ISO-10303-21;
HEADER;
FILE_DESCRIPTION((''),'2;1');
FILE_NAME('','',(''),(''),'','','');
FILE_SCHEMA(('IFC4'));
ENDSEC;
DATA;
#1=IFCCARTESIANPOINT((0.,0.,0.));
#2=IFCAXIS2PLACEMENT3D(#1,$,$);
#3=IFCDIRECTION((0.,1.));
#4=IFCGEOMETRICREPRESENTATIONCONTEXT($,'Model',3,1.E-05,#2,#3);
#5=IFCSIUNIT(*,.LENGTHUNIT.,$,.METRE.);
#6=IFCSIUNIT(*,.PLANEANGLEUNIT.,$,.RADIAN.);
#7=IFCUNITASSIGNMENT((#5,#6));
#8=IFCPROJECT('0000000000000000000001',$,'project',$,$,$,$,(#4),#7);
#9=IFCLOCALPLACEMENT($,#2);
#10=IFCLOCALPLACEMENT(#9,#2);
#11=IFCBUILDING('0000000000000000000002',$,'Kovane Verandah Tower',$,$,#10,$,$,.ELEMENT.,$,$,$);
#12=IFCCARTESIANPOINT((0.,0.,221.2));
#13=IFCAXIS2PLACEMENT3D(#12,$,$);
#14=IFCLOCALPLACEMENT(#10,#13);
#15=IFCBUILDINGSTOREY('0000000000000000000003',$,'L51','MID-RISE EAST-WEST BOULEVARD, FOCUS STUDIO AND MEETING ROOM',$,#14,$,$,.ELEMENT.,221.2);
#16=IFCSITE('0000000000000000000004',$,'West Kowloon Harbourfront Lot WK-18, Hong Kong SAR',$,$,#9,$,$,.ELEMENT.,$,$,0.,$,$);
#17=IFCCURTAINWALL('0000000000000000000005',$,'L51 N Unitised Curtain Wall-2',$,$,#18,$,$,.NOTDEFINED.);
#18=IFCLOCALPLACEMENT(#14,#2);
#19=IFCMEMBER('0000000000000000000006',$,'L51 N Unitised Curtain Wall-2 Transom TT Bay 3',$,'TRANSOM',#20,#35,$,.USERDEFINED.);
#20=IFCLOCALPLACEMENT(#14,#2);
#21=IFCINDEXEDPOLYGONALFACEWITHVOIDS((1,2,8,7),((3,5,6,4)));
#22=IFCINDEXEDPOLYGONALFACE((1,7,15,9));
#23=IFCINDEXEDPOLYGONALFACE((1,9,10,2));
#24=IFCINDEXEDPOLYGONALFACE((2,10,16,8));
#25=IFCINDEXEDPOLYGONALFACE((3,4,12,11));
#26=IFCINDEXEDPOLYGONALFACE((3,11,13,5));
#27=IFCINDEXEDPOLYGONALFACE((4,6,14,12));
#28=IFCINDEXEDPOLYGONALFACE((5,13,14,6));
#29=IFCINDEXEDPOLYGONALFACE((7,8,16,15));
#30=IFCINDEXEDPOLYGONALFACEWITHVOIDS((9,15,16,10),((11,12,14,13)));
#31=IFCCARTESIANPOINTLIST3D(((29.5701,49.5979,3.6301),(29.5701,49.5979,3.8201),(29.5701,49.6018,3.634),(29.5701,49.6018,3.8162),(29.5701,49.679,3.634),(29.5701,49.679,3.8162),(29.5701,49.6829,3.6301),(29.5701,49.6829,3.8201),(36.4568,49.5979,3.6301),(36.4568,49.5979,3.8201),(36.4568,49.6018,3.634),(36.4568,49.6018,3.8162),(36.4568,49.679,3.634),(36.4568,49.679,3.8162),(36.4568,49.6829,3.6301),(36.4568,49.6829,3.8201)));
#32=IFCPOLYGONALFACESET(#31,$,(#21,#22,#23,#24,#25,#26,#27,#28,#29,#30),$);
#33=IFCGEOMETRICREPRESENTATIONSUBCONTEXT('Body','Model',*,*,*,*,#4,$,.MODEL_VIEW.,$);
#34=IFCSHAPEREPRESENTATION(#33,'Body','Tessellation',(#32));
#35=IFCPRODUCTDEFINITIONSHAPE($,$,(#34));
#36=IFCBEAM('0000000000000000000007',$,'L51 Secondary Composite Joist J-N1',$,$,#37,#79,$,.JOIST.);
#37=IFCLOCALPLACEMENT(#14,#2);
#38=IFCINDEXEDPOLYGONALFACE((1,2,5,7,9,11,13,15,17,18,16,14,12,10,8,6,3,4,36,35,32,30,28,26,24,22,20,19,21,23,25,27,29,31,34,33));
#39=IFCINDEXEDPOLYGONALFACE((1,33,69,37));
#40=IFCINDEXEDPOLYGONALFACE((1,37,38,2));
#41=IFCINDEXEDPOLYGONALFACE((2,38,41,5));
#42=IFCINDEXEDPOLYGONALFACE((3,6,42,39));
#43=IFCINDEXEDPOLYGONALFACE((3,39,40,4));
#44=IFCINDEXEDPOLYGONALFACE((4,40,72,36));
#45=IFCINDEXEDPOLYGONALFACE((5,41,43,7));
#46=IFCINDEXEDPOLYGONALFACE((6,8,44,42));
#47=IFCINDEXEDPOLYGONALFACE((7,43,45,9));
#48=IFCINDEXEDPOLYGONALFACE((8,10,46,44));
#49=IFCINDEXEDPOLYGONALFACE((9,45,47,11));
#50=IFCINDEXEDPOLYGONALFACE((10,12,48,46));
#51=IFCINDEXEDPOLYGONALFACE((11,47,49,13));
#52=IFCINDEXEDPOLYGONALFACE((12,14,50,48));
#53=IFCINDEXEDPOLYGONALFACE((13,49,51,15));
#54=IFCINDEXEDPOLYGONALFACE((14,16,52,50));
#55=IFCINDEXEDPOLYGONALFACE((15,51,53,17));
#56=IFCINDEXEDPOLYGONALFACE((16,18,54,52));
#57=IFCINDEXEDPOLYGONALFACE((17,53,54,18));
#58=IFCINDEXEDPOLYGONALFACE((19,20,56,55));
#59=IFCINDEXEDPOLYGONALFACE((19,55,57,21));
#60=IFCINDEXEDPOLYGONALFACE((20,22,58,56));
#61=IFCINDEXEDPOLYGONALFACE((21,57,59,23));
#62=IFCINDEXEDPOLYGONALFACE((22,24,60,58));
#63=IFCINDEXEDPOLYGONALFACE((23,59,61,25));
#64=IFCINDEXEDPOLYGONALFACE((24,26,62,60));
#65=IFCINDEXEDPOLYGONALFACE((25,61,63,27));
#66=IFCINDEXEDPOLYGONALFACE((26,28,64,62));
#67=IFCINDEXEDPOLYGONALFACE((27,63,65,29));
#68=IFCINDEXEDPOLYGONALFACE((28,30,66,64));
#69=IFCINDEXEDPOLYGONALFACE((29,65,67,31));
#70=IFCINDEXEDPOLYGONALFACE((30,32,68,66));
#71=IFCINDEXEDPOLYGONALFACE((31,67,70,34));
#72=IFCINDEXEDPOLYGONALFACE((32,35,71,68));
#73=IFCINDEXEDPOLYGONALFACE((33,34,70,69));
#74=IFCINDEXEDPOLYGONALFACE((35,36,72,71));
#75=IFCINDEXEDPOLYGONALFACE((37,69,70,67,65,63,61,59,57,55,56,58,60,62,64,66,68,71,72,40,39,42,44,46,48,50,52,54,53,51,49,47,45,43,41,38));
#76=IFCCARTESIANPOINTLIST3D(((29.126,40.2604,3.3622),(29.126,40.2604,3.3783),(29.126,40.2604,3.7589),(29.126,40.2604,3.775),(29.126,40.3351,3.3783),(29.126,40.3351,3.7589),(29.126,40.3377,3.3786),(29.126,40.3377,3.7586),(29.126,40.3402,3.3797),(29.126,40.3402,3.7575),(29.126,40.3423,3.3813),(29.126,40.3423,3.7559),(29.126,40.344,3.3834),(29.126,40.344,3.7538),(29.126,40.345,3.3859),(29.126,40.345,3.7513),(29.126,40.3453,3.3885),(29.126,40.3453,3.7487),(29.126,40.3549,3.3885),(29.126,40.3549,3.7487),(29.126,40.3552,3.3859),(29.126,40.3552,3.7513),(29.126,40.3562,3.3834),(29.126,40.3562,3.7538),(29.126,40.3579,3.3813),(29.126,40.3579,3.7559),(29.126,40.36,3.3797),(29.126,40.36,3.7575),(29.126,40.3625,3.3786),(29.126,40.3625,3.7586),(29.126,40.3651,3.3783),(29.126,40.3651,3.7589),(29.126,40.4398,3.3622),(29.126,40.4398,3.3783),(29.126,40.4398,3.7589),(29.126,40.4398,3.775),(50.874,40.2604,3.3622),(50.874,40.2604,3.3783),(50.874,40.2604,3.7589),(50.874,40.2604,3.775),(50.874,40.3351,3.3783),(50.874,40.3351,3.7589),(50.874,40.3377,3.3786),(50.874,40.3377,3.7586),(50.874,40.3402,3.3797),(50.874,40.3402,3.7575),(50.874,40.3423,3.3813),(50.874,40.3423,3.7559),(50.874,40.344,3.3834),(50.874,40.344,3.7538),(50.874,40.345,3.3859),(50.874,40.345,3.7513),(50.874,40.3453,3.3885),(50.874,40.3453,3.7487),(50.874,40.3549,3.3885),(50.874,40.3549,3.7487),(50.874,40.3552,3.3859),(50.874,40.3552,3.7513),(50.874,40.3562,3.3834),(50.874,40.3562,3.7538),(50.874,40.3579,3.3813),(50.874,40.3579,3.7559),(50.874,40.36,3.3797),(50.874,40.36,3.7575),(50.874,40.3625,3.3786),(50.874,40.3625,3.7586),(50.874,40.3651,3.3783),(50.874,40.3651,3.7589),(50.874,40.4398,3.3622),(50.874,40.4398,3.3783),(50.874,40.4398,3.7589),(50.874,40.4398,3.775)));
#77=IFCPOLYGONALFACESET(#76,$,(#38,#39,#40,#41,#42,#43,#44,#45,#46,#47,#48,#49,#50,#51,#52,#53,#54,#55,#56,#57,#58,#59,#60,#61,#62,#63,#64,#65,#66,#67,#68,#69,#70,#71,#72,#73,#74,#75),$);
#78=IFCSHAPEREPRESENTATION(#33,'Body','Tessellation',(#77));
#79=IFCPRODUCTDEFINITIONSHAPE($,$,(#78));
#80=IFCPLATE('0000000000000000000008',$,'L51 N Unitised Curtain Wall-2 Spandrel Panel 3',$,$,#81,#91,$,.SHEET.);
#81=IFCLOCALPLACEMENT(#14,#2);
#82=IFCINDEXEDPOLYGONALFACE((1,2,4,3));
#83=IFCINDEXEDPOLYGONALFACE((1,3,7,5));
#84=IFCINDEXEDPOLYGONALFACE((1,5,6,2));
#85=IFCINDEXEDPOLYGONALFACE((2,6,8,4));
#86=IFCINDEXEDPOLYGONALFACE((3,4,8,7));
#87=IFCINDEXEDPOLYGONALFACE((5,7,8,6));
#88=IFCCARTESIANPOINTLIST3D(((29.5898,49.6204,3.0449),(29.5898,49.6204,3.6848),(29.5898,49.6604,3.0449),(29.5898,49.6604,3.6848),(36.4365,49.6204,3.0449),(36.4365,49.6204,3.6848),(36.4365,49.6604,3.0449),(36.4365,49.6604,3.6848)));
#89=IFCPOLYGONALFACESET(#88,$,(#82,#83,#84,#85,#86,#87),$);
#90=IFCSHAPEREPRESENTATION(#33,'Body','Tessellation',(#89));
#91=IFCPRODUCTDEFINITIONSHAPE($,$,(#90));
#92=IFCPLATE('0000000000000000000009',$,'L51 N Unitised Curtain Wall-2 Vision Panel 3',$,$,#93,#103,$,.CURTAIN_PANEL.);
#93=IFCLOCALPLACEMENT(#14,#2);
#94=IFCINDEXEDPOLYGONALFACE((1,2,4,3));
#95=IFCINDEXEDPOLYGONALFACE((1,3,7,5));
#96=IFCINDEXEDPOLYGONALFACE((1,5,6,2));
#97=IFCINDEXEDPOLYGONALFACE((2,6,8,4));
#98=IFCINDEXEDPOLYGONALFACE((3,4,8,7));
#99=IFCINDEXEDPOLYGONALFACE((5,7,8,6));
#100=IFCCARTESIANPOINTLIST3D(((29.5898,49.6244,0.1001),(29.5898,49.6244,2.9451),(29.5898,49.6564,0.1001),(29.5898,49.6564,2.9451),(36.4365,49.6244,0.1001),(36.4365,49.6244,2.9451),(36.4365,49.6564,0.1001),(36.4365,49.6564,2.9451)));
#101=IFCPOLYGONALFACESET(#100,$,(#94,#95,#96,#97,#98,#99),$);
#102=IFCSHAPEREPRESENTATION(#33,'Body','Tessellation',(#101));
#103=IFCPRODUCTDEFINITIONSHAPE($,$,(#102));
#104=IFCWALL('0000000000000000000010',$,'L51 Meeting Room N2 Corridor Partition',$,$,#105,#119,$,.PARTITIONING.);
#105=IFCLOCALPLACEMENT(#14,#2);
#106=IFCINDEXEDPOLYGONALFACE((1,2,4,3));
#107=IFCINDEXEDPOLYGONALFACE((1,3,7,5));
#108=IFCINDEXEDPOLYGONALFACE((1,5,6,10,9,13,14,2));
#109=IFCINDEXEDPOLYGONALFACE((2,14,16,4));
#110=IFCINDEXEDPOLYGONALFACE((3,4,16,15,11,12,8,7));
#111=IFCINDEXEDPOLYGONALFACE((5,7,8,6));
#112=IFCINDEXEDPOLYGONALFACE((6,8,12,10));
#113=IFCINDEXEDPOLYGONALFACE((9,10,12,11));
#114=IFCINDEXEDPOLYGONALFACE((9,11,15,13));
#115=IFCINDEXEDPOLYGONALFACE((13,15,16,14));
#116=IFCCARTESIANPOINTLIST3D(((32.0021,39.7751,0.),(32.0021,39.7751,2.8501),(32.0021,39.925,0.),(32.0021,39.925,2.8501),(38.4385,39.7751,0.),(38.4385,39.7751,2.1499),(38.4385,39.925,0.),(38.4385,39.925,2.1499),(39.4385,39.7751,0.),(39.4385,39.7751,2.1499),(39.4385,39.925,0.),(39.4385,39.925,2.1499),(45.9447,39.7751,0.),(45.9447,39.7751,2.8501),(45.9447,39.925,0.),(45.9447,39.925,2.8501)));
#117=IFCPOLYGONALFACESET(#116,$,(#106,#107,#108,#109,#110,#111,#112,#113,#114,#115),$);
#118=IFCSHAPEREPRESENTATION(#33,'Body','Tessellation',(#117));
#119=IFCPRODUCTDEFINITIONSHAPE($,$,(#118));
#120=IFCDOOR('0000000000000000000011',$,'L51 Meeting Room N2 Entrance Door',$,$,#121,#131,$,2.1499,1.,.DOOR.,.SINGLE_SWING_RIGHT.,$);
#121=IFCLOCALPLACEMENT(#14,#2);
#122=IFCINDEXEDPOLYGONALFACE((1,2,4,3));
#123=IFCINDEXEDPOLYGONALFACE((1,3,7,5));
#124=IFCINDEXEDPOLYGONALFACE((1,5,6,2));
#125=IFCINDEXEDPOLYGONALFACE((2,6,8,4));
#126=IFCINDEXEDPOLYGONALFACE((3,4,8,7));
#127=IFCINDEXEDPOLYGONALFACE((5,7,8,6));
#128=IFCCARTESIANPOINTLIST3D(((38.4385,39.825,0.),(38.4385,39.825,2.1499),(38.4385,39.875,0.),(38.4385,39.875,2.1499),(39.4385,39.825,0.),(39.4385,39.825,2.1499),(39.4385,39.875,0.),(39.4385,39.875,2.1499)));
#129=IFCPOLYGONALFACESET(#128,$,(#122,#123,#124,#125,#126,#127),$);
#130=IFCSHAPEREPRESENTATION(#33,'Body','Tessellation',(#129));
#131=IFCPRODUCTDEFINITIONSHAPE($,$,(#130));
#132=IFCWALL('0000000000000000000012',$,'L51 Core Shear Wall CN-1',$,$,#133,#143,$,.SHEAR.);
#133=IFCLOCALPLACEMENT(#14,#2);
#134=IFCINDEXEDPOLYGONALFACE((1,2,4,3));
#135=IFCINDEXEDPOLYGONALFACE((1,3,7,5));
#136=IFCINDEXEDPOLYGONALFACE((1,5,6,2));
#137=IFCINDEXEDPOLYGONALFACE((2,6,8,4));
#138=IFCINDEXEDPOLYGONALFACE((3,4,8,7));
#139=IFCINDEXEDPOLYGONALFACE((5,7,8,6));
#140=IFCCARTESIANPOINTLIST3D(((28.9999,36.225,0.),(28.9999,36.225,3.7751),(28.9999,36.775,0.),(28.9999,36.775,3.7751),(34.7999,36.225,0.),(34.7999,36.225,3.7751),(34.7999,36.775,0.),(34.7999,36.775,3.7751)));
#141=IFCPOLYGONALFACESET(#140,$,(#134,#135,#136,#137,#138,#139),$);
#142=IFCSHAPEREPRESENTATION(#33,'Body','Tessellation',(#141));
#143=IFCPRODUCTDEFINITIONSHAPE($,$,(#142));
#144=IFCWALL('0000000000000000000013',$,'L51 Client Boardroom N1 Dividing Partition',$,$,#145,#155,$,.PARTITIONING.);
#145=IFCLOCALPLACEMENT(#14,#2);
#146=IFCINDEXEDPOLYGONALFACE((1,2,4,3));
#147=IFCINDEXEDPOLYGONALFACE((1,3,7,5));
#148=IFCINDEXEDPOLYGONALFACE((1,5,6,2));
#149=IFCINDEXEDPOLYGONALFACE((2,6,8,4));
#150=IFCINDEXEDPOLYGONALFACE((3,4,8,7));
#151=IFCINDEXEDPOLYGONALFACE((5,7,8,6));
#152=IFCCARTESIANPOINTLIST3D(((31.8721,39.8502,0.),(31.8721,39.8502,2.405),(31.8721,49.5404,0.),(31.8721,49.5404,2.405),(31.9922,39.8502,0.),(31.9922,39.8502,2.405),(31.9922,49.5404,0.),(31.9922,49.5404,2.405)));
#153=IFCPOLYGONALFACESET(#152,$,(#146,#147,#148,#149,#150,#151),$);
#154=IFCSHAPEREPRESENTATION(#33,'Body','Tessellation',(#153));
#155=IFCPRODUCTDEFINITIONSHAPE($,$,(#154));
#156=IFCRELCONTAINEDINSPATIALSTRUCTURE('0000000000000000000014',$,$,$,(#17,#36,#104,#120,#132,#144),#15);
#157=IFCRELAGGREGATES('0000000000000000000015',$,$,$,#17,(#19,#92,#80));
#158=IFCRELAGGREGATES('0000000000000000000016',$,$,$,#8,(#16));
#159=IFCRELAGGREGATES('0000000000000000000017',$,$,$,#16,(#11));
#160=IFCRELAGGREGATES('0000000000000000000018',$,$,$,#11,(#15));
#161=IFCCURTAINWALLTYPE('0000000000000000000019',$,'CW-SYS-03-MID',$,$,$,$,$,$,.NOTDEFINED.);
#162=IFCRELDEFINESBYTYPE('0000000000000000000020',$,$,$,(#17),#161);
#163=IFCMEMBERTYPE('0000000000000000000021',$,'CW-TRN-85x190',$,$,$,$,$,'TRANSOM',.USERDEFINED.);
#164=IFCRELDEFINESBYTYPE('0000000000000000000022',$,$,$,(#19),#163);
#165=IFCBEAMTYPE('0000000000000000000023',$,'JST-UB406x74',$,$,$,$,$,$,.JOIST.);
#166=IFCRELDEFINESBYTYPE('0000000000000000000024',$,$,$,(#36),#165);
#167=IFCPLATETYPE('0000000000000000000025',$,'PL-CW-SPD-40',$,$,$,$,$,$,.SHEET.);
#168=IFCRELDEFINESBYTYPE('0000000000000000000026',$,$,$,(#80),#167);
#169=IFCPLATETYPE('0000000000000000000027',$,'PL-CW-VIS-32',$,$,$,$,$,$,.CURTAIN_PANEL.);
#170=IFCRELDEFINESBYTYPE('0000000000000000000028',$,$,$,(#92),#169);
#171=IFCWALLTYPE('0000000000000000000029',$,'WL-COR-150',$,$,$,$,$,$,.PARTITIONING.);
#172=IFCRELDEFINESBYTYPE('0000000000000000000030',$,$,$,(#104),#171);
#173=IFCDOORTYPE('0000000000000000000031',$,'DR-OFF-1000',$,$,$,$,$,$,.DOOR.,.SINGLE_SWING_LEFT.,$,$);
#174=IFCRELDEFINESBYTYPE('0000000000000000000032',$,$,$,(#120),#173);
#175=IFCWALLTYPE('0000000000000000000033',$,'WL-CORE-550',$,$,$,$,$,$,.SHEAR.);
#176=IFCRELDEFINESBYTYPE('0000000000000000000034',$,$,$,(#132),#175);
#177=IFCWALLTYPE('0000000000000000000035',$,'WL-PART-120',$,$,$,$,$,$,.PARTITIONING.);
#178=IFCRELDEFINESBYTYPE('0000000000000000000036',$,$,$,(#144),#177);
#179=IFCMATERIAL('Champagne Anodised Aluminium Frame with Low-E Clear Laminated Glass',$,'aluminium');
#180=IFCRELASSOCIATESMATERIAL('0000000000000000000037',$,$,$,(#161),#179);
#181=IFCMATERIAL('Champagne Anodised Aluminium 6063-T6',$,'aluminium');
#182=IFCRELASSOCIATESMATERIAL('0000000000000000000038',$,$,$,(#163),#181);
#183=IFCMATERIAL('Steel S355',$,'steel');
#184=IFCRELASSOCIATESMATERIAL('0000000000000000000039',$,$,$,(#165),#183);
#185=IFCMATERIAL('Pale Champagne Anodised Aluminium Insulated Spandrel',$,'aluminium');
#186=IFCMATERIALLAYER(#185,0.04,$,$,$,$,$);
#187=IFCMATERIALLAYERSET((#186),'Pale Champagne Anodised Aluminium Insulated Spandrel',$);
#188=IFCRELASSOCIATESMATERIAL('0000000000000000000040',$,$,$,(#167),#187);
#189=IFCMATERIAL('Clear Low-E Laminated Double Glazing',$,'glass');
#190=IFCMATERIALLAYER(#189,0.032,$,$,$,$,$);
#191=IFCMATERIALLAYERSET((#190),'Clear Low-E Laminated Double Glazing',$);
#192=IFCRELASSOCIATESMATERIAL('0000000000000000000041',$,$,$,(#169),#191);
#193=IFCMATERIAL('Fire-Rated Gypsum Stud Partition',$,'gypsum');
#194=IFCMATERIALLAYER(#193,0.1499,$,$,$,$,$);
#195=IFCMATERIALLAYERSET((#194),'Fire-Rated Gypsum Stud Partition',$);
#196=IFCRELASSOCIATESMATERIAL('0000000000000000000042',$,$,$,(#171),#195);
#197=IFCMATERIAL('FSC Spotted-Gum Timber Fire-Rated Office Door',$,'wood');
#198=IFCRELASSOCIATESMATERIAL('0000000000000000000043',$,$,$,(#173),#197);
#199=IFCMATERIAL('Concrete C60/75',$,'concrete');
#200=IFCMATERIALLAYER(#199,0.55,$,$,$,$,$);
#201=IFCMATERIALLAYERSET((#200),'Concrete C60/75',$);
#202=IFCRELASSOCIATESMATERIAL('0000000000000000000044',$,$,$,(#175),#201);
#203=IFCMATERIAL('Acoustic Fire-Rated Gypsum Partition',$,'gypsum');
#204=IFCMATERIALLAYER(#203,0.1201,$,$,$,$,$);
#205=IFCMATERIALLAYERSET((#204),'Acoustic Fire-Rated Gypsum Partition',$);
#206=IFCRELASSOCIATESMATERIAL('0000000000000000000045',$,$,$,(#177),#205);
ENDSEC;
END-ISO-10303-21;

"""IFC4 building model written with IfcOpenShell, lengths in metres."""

from ifc_helpers import new_model, si_unit, direction, frame, frame_2d, origin, origin_2d, place, context, subcontext, project, spatial, rectangle, hollow_rectangle, i_section, extrude, material, layer, layer_set, material_profile, profile_set, type_object, element, fill, aggregate, save


model = new_model("IFC4")

# Units and contexts
model_context = context("Model", 3, precision=1e-05, world=origin(), true_north=direction((0.0, 1.0)))
body_context = subcontext(model_context, "Body", "Model", "MODEL_VIEW")
ifc_project = project(units=[si_unit("LENGTHUNIT", "METRE"), si_unit("PLANEANGLEUNIT", "RADIAN")], contexts=[model_context])

# Site, building, storey
site_placement = place(None, origin())
site = spatial("IfcSite", under=ifc_project, at=site_placement, Name="West Kowloon Harbourfront Lot WK-18, Hong Kong SAR", CompositionType="ELEMENT", RefElevation=0.0)
building_placement = place(site_placement, origin())
building = spatial("IfcBuilding", under=site, at=building_placement, Name="Kovane Verandah Tower", CompositionType="ELEMENT")
storey_placement = place(building_placement, frame((0.0, 0.0, 221.2)))
storey = spatial("IfcBuildingStorey", under=building, at=storey_placement, Name="L51", Description="MID-RISE EAST-WEST BOULEVARD, FOCUS STUDIO AND MEETING ROOM", CompositionType="ELEMENT", Elevation=221.2)

# Shared definitions
ifc_material_1 = material(Name="Concrete C60/75", Category="concrete")

# Shared definitions
ifc_material_2 = material(Name="Steel S355", Category="steel")

# Curtain wall
ifc_material_3 = material(Name="Champagne Anodised Aluminium Frame with Low-E Clear Laminated Glass", Category="aluminium")
curtain_wall_type = type_object("IfcCurtainWallType", Name="CW-SYS-03-MID", PredefinedType="NOTDEFINED", material=ifc_material_3)
curtain_wall_1_placement = place(storey_placement, origin())
curtain_wall_1 = element("IfcCurtainWall", 1, at=curtain_wall_1_placement, inside=storey, type_object=curtain_wall_type, Name="L51 N Unitised Curtain Wall-2", PredefinedType="NOTDEFINED")
ifc_material_4 = material(Name="Champagne Anodised Aluminium 6063-T6", Category="aluminium")

# Member
ifc_material_profile_1 = material_profile(ifc_material_4, hollow_rectangle(XDim=0.085, YDim=0.1899, WallThickness=0.0039, at=origin_2d()), Name="AL85x190x4")
ifc_profile_set_1 = profile_set([ifc_material_profile_1], Name="Champagne Anodised Aluminium 6063-T6")
member_type_1 = type_object("IfcMemberType", Name="CW-TRN-85x190", ElementType="TRANSOM", PredefinedType="USERDEFINED", material=ifc_profile_set_1)
member_1_placement = place(storey_placement, frame((36.4568, 49.6404, 3.7251), z_axis=(-1.0, 0.0, 0.0), x_axis=(0.0, -1.0, 0.0)))
member_1 = element("IfcMember", 2, at=member_1_placement, type_object=member_type_1, Name="L51 N Unitised Curtain Wall-2 Transom TT Bay 3", ObjectType="TRANSOM", PredefinedType="USERDEFINED", context=body_context, shape_type="SweptSolid", body=[
    extrude(hollow_rectangle(XDim=0.085, YDim=0.1899, WallThickness=0.0039, at=origin_2d()), origin(), (0.0, 0.0, 1.0), 6.8867),
])

# Beam
ifc_material_profile_2 = material_profile(ifc_material_2, i_section(OverallWidth=0.1794, OverallDepth=0.4128, WebThickness=0.0095, FlangeThickness=0.0161, FilletRadius=0.0103, at=origin_2d()), Name="UB406x178x74")
ifc_profile_set_2 = profile_set([ifc_material_profile_2], Name="Steel S355")
beam_type_1 = type_object("IfcBeamType", Name="JST-UB406x74", PredefinedType="JOIST", material=ifc_profile_set_2)
beam_1_placement = place(storey_placement, frame((29.126, 40.3501, 3.5686), z_axis=(1.0, 0.0, 0.0), x_axis=(0.0, 1.0, 0.0)))
element("IfcBeam", 3, at=beam_1_placement, inside=storey, type_object=beam_type_1, Name="L51 Secondary Composite Joist J-N1", PredefinedType="JOIST", context=body_context, shape_type="SweptSolid", body=[
    extrude(i_section(OverallWidth=0.1794, OverallDepth=0.4128, WebThickness=0.0095, FlangeThickness=0.0161, FilletRadius=0.0103, at=origin_2d()), origin(), (0.0, 0.0, 1.0), 21.748),
])

# Plates
ifc_material_5 = material(Name="Pale Champagne Anodised Aluminium Insulated Spandrel", Category="aluminium")
ifc_layer_1 = layer(ifc_material_5, 0.04)
ifc_layer_set_1 = layer_set([ifc_layer_1], Name="Pale Champagne Anodised Aluminium Insulated Spandrel")
plate_type_1 = type_object("IfcPlateType", Name="PL-CW-SPD-40", PredefinedType="SHEET", material=ifc_layer_set_1)
plate_1_placement = place(storey_placement, frame((33.0132, 49.6404, 3.0449), z_axis=(0.0, 0.0, 1.0), x_axis=(-1.0, 0.0, 0.0)))
plate_1 = element("IfcPlate", 4, at=plate_1_placement, type_object=plate_type_1, Name="L51 N Unitised Curtain Wall-2 Spandrel Panel 3", PredefinedType="SHEET", context=body_context, shape_type="SweptSolid", body=[
    extrude(rectangle(XDim=6.8467, YDim=0.04, at=origin_2d()), origin(), (0.0, 0.0, 1.0), 0.6399),
])
ifc_material_6 = material(Name="Clear Low-E Laminated Double Glazing", Category="glass")
ifc_layer_2 = layer(ifc_material_6, 0.032)
ifc_layer_set_2 = layer_set([ifc_layer_2], Name="Clear Low-E Laminated Double Glazing")
plate_type_2 = type_object("IfcPlateType", Name="PL-CW-VIS-32", PredefinedType="CURTAIN_PANEL", material=ifc_layer_set_2)
plate_2_placement = place(storey_placement, frame((33.0132, 49.6404, 0.1001), z_axis=(0.0, 0.0, 1.0), x_axis=(-1.0, 0.0, 0.0)))
plate_2 = element("IfcPlate", 5, at=plate_2_placement, type_object=plate_type_2, Name="L51 N Unitised Curtain Wall-2 Vision Panel 3", PredefinedType="CURTAIN_PANEL", context=body_context, shape_type="SweptSolid", body=[
    extrude(rectangle(XDim=6.8467, YDim=0.032, at=origin_2d()), origin(), (0.0, 0.0, 1.0), 2.845),
])
aggregate(curtain_wall_1, [member_1, plate_2, plate_1])

# Wall, opening, door
ifc_material_7 = material(Name="Fire-Rated Gypsum Stud Partition", Category="gypsum")
ifc_layer_3 = layer(ifc_material_7, 0.1499)
ifc_layer_set_3 = layer_set([ifc_layer_3], Name="Fire-Rated Gypsum Stud Partition")
wall_type_1 = type_object("IfcWallType", Name="WL-COR-150", PredefinedType="PARTITIONING", material=ifc_layer_set_3)
wall_1_placement = place(storey_placement, frame((32.0022, 39.8501, 0.0), z_axis=(0.0, 0.0, 1.0), x_axis=(1.0, 0.0, 0.0)))
wall_1 = element("IfcWall", 6, at=wall_1_placement, inside=storey, type_object=wall_type_1, Name="L51 Meeting Room N2 Corridor Partition", PredefinedType="PARTITIONING", context=body_context, shape_type="SweptSolid", body=[
    extrude(rectangle(XDim=13.9426, YDim=0.1499, at=frame_2d((6.9712, 0.0))), origin(), (0.0, 0.0, 1.0), 2.8501),
])
opening_1_placement = place(wall_1_placement, frame((6.4363, 0.0, 0.0)))
opening_1 = element("IfcOpeningElement", 7, at=opening_1_placement, cuts=wall_1, PredefinedType="OPENING", context=body_context, shape_type="SweptSolid", body=[
    extrude(rectangle(XDim=1.0, YDim=2.1499, at=frame_2d((0.5, 1.075))), frame((0.0, 0.075, 0.0), z_axis=(0.0, -1.0, 0.0), x_axis=(1.0, 0.0, 0.0)), (0.0, 0.0, 1.0), 0.1499),
])
ifc_material_8 = material(Name="FSC Spotted-Gum Timber Fire-Rated Office Door", Category="wood")
door_type_1 = type_object("IfcDoorType", Name="DR-OFF-1000", OperationType="SINGLE_SWING_LEFT", PredefinedType="DOOR", material=ifc_material_8)
door_1_placement = place(opening_1_placement, origin())
door_1 = element("IfcDoor", 8, at=door_1_placement, inside=storey, type_object=door_type_1, Name="L51 Meeting Room N2 Entrance Door", OperationType="SINGLE_SWING_RIGHT", OverallHeight=2.1499, OverallWidth=1.0, PredefinedType="DOOR", context=body_context, shape_type="SweptSolid", body=[
    extrude(rectangle(XDim=1.0, YDim=2.1499, at=frame_2d((0.5, 1.075))), frame((0.0, 0.0249, 0.0), z_axis=(0.0, -1.0, 0.0), x_axis=(1.0, 0.0, 0.0)), (0.0, 0.0, 1.0), 0.05),
])
fill(opening_1, door_1)

# Wall
ifc_layer_4 = layer(ifc_material_1, 0.55)
ifc_layer_set_4 = layer_set([ifc_layer_4], Name="Concrete C60/75")
wall_type_2 = type_object("IfcWallType", Name="WL-CORE-550", PredefinedType="SHEAR", material=ifc_layer_set_4)
wall_2_placement = place(storey_placement, frame((29.0, 36.5, 0.0), z_axis=(0.0, 0.0, 1.0), x_axis=(1.0, 0.0, 0.0)))
element("IfcWall", 9, at=wall_2_placement, inside=storey, type_object=wall_type_2, Name="L51 Core Shear Wall CN-1", PredefinedType="SHEAR", context=body_context, shape_type="SweptSolid", body=[
    extrude(rectangle(XDim=5.8, YDim=0.55, at=frame_2d((2.8999, 0.0))), origin(), (0.0, 0.0, 1.0), 3.7751),
])

# Wall
ifc_material_9 = material(Name="Acoustic Fire-Rated Gypsum Partition", Category="gypsum")
ifc_layer_5 = layer(ifc_material_9, 0.1201)
ifc_layer_set_5 = layer_set([ifc_layer_5], Name="Acoustic Fire-Rated Gypsum Partition")
wall_type_3 = type_object("IfcWallType", Name="WL-PART-120", PredefinedType="PARTITIONING", material=ifc_layer_set_5)
wall_3_placement = place(storey_placement, frame((31.9321, 39.8501, 0.0), z_axis=(0.0, 0.0, 1.0), x_axis=(0.0, 1.0, 0.0)))
element("IfcWall", 10, at=wall_3_placement, inside=storey, type_object=wall_type_3, Name="L51 Client Boardroom N1 Dividing Partition", PredefinedType="PARTITIONING", context=body_context, shape_type="SweptSolid", body=[
    extrude(rectangle(XDim=9.6902, YDim=0.1201, at=frame_2d((4.8452, 0.0))), origin(), (0.0, 0.0, 1.0), 2.405),
])

save(model, "model.ifc")
